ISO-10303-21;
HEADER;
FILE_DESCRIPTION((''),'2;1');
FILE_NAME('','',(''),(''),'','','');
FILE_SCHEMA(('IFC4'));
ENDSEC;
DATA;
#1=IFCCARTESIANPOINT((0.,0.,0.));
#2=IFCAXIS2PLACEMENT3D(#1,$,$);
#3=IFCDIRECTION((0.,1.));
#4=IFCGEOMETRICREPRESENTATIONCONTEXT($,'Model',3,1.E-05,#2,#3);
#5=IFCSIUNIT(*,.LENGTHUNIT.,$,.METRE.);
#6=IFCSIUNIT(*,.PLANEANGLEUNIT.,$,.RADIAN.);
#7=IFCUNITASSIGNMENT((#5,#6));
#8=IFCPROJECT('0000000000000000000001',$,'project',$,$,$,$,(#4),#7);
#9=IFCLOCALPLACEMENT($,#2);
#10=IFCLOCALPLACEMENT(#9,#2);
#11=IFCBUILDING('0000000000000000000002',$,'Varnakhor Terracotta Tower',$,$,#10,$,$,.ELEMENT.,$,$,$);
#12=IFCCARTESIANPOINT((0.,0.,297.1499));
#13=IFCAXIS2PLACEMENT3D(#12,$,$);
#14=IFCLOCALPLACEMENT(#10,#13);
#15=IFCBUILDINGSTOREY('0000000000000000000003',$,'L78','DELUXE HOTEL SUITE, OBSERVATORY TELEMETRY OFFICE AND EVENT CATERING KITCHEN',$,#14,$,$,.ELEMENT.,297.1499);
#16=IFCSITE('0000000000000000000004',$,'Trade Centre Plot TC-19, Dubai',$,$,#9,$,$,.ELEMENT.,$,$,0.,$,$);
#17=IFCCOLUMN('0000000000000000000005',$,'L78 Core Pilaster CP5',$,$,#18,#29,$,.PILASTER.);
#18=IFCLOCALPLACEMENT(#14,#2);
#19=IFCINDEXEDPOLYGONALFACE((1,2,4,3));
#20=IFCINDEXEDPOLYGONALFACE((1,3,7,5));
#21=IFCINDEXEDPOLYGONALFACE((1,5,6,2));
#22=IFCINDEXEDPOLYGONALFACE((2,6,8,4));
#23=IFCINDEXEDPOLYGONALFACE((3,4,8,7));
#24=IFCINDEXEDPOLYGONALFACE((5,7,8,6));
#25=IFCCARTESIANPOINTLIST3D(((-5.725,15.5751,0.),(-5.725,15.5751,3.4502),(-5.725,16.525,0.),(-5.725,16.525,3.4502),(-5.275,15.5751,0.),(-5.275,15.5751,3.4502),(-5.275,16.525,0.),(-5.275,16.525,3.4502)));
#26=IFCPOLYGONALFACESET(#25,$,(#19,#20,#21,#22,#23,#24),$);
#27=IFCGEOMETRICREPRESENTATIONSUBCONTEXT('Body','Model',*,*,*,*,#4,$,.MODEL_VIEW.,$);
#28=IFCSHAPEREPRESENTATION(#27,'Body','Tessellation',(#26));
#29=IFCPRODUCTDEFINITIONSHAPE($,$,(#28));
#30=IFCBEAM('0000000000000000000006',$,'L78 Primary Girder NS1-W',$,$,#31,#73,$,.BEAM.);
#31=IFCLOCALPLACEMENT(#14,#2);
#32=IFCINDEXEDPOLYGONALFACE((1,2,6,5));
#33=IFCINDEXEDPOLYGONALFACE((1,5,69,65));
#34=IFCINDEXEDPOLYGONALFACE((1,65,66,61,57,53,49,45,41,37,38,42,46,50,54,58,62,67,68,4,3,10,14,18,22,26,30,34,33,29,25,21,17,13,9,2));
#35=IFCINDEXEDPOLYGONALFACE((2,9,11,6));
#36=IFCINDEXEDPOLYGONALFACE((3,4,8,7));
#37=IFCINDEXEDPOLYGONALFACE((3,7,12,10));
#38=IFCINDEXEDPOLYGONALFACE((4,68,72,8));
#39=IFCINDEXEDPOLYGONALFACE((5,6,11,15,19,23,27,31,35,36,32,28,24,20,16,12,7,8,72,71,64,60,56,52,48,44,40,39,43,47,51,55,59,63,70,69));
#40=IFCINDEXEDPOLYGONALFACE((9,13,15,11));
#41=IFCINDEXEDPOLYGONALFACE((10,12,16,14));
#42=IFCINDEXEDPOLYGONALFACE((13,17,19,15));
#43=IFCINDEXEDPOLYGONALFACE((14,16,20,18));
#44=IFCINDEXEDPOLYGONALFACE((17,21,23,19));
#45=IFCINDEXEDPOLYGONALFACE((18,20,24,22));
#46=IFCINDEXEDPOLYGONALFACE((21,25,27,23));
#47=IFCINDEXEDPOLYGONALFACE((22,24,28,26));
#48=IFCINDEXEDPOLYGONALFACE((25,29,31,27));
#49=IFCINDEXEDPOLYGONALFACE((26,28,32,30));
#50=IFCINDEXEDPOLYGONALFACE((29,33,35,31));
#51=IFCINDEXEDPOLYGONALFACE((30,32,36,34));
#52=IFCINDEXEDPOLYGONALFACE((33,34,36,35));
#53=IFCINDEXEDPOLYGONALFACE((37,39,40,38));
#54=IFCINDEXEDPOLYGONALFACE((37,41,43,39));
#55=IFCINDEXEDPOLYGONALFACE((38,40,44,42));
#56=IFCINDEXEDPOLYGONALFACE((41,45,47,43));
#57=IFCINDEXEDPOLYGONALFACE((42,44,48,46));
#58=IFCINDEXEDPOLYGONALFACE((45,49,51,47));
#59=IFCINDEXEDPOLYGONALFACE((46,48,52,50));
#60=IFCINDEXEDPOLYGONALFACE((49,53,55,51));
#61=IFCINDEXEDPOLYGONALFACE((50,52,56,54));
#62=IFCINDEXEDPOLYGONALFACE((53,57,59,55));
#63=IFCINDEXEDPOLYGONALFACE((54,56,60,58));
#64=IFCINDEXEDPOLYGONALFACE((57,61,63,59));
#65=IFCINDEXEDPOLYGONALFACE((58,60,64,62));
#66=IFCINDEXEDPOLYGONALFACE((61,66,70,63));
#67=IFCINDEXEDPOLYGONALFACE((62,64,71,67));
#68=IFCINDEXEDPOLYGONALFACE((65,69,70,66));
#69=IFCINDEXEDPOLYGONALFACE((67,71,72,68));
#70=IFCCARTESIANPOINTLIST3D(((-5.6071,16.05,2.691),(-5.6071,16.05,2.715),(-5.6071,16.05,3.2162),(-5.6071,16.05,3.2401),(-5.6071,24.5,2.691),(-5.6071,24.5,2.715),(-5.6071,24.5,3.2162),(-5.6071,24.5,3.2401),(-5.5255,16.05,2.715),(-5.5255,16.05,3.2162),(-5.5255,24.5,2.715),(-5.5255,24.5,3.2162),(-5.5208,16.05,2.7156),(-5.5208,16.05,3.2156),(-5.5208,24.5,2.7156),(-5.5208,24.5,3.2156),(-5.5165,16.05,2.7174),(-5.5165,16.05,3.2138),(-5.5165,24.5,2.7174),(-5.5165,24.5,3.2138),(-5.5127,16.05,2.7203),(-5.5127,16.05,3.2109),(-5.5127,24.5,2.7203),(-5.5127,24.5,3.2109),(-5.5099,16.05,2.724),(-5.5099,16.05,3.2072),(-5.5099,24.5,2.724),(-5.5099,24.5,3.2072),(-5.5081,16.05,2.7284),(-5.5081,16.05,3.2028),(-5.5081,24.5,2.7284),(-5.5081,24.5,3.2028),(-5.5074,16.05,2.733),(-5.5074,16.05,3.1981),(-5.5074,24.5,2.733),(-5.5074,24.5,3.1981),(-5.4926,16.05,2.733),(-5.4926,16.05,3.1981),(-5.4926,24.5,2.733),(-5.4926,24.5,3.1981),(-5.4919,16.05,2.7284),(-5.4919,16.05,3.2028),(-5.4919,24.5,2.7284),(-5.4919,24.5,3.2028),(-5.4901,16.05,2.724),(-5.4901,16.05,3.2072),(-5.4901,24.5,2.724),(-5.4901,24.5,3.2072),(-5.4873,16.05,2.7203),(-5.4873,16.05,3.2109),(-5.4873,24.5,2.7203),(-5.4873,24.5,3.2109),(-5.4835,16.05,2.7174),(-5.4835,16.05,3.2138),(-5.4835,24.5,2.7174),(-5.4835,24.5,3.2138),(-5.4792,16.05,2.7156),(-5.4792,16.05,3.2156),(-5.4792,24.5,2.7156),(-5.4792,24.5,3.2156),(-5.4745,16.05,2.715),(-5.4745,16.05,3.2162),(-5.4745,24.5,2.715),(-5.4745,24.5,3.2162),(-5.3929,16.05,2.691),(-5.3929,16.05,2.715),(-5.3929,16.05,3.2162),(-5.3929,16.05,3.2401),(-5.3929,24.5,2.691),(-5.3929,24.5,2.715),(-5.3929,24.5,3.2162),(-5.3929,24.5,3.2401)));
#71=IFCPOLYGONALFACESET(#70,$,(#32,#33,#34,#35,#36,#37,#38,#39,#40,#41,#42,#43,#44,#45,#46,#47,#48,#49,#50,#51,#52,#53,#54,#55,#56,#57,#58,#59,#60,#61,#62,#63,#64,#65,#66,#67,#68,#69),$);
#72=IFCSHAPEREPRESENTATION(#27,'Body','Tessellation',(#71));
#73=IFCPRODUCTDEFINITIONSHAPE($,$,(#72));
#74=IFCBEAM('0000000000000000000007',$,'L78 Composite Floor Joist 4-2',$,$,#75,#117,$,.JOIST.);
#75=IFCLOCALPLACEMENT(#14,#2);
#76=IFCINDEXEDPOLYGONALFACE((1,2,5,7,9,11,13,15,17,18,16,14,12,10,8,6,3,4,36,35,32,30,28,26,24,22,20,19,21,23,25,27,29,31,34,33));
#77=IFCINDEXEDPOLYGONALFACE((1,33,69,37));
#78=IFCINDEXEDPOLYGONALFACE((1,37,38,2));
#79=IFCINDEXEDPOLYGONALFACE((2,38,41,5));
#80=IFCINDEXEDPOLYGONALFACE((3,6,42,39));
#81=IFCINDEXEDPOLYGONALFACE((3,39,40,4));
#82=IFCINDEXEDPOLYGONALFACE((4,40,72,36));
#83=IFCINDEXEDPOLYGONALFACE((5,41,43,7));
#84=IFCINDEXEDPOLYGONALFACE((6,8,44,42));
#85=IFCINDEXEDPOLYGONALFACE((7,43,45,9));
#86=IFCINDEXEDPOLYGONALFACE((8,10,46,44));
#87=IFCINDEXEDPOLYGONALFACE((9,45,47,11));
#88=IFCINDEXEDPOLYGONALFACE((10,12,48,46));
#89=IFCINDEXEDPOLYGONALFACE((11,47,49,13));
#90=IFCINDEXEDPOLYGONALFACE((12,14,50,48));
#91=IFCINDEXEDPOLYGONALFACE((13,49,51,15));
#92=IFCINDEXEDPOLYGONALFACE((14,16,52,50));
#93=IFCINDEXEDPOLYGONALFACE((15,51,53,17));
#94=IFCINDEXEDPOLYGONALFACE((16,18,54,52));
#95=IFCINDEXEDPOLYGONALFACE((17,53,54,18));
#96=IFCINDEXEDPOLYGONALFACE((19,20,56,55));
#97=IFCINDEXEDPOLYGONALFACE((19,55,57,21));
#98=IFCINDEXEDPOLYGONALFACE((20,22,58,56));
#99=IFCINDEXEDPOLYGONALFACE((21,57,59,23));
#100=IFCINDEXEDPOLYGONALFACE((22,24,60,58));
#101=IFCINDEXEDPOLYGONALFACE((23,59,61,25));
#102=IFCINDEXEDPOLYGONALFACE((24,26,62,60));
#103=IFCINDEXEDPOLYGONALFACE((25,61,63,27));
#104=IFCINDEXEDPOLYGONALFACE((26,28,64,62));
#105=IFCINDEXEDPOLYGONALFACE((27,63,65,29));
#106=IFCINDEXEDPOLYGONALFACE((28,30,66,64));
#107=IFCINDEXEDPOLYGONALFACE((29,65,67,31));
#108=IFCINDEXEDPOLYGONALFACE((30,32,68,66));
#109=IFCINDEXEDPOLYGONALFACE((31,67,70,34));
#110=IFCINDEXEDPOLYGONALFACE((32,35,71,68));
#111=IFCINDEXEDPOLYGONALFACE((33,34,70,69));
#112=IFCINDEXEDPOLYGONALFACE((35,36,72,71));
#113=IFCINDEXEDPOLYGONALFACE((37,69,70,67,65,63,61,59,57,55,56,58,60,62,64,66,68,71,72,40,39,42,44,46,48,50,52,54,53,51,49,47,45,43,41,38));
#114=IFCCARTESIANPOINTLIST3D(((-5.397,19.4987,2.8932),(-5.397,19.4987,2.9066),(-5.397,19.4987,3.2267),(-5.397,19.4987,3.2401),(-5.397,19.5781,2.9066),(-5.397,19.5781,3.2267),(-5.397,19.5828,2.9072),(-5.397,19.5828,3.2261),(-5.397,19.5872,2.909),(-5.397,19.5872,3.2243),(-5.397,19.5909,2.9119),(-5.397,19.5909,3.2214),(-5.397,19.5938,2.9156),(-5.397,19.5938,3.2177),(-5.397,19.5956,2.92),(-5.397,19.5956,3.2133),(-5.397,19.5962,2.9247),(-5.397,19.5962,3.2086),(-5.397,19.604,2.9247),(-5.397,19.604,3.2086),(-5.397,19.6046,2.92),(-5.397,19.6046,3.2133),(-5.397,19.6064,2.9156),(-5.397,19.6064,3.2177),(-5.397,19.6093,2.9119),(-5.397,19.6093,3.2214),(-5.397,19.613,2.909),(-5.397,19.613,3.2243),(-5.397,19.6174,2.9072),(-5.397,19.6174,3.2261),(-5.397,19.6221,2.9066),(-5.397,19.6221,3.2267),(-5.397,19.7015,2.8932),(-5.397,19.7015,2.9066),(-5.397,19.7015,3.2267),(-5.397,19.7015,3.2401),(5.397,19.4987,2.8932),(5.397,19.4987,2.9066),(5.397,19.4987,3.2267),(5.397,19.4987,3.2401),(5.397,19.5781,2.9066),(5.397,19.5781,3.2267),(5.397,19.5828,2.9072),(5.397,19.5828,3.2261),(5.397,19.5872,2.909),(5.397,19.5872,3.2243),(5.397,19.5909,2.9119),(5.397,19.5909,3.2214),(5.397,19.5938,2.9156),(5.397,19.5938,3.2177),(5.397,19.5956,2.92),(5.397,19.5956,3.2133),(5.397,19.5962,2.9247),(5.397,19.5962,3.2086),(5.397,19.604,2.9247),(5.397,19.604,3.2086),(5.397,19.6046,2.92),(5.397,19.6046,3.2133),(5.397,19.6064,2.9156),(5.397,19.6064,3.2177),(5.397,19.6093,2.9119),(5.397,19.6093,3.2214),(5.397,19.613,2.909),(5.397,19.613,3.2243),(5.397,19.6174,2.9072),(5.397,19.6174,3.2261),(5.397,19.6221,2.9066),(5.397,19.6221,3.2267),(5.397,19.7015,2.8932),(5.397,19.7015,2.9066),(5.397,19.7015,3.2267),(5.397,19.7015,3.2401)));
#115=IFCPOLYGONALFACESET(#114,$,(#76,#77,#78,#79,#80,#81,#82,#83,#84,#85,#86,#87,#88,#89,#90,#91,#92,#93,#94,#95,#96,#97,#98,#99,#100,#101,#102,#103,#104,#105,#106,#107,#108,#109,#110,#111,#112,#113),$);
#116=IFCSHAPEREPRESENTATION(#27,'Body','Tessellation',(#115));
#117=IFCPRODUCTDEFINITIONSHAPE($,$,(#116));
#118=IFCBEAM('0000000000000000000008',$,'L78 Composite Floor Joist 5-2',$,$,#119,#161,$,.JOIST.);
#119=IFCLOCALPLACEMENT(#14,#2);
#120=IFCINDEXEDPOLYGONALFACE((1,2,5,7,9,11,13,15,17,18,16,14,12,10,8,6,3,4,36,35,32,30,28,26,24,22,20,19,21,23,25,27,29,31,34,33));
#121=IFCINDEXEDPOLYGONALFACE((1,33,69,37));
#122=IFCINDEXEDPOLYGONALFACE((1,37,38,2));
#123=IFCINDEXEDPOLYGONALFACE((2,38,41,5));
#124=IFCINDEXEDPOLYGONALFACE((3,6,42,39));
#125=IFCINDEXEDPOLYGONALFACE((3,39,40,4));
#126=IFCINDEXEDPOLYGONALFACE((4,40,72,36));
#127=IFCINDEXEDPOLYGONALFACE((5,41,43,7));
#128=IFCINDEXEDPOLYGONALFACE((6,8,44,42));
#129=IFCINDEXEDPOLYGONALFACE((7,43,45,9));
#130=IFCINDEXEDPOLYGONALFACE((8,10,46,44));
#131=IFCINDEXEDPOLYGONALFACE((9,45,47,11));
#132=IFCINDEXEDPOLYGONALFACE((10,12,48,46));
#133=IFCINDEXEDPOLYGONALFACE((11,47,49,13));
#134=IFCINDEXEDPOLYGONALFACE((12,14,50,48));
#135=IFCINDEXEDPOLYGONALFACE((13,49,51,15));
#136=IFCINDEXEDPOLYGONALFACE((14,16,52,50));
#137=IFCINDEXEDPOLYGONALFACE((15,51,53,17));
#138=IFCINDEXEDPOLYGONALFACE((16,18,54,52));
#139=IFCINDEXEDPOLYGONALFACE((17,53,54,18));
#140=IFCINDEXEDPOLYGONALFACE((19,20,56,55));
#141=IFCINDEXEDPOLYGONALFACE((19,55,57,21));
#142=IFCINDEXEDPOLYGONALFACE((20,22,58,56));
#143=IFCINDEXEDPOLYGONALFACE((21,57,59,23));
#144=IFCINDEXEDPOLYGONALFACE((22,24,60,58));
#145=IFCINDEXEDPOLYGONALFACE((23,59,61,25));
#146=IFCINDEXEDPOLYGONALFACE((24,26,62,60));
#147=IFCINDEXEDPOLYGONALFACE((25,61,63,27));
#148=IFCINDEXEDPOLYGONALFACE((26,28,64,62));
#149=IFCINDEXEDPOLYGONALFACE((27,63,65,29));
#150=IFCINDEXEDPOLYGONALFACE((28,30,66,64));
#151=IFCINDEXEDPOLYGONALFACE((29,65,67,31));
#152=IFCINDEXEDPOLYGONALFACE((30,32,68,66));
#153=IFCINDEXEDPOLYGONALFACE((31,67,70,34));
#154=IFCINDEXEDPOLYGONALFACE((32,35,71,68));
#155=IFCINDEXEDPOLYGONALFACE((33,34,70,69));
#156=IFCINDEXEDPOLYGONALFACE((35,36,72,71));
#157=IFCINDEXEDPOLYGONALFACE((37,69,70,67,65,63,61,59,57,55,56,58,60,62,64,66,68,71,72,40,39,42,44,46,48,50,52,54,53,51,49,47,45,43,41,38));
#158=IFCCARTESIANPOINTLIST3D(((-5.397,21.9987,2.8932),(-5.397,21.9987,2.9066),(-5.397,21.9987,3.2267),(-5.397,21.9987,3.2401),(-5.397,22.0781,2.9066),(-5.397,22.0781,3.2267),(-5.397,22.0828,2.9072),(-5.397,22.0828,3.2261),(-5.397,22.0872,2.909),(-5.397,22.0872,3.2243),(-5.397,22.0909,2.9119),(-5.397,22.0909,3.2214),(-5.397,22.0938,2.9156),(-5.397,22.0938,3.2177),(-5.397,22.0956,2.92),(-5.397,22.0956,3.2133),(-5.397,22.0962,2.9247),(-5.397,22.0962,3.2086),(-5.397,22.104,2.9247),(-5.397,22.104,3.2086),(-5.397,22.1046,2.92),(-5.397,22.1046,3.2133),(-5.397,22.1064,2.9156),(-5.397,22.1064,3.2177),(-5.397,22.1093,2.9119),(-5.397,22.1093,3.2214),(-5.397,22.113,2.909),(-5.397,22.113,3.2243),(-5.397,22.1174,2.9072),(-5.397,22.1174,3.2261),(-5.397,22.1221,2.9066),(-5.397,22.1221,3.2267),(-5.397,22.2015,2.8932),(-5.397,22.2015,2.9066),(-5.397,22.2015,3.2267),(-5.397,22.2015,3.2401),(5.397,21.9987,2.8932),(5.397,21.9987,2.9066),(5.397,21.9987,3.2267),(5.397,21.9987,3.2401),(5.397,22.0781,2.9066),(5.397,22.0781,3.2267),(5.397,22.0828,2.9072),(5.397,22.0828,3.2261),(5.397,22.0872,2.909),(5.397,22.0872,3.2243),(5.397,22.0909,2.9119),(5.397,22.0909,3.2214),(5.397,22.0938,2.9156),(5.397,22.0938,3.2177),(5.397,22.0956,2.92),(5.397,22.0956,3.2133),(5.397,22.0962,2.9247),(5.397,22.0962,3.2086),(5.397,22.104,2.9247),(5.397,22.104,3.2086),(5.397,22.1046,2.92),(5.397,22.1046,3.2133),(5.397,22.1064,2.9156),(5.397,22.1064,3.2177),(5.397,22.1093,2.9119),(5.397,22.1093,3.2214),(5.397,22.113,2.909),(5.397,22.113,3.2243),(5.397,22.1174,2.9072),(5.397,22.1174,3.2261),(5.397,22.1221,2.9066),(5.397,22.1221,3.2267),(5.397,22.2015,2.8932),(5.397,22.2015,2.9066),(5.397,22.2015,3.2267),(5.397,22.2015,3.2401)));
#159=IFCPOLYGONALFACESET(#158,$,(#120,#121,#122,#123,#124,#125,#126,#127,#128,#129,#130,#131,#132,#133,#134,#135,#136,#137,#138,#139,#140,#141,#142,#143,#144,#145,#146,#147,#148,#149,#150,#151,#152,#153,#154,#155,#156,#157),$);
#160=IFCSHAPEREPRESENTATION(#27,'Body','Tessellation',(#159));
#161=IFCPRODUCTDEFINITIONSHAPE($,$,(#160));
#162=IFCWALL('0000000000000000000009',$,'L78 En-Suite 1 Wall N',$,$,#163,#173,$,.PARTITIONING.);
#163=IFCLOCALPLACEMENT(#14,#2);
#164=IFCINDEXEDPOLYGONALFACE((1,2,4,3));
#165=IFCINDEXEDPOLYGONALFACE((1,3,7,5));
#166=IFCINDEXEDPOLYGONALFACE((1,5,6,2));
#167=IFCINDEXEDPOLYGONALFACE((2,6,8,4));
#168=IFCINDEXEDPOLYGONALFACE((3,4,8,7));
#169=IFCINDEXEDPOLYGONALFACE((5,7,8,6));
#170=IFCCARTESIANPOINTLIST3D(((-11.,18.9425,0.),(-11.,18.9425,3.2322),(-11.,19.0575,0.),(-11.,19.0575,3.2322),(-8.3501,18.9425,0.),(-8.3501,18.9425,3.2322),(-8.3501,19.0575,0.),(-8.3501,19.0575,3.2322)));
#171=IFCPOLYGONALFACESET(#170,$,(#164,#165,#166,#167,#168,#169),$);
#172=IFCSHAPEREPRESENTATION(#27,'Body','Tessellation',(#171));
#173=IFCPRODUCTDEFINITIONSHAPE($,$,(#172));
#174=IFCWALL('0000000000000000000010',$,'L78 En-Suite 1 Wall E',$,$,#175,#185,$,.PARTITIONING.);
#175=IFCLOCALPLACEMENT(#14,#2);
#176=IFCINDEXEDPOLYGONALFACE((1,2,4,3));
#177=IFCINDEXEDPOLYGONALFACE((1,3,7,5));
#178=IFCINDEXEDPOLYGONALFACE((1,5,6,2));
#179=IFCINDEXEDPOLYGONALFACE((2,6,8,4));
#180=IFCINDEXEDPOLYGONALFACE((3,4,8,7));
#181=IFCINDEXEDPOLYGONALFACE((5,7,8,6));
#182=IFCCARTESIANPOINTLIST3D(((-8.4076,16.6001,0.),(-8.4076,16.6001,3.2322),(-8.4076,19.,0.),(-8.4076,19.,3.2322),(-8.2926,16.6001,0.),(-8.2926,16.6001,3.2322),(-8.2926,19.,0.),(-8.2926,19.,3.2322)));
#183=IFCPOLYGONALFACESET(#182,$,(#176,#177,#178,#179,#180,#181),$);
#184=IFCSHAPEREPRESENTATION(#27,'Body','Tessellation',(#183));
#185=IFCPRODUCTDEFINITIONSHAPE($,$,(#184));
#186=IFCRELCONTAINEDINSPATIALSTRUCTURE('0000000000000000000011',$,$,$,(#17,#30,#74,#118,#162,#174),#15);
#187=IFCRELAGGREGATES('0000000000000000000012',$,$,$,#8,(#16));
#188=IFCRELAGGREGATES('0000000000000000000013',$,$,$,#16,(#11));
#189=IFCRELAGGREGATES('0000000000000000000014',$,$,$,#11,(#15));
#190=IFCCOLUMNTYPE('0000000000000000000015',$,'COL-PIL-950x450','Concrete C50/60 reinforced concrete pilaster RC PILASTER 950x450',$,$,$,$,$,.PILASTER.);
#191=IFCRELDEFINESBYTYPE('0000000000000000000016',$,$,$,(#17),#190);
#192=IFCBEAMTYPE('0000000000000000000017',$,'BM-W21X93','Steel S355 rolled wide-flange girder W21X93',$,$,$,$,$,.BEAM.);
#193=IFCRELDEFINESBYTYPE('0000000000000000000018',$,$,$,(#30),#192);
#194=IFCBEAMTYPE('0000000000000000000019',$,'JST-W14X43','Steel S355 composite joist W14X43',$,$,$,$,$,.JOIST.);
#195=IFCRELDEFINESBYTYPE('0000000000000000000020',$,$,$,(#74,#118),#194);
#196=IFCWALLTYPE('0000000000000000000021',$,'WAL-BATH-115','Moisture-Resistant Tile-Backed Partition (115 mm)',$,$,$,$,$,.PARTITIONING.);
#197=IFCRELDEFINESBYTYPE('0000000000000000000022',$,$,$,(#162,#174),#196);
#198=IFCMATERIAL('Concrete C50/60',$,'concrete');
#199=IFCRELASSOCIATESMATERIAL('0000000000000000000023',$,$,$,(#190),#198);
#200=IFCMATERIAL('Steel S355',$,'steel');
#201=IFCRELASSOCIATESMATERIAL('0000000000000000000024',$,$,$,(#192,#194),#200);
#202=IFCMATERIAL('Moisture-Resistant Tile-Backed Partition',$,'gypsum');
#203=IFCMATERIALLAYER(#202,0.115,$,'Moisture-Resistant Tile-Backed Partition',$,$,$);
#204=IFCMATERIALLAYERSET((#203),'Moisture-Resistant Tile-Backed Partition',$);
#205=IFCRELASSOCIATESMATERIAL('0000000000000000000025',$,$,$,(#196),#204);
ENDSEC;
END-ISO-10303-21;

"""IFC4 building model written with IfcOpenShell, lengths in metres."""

from ifc_helpers import new_model, si_unit, direction, frame, frame_2d, origin, origin_2d, place, context, subcontext, project, spatial, rectangle, i_section, extrude, source, transform, mapped, material, layer, layer_set, material_profile, profile_set, type_object, type_shapes, element, save


model = new_model("IFC4")

# Units and contexts
model_context = context("Model", 3, precision=1e-05, world=origin(), true_north=direction((0.0, 1.0)))
body_context = subcontext(model_context, "Body", "Model", "MODEL_VIEW")
ifc_project = project(units=[si_unit("LENGTHUNIT", "METRE"), si_unit("PLANEANGLEUNIT", "RADIAN")], contexts=[model_context])

# Site, building, storey
site_placement = place(None, origin())
site = spatial("IfcSite", under=ifc_project, at=site_placement, Name="Trade Centre Plot TC-19, Dubai", CompositionType="ELEMENT", RefElevation=0.0)
building_placement = place(site_placement, origin())
building = spatial("IfcBuilding", under=site, at=building_placement, Name="Varnakhor Terracotta Tower", CompositionType="ELEMENT")
storey_placement = place(building_placement, frame((0.0, 0.0, 297.1499)))
storey = spatial("IfcBuildingStorey", under=building, at=storey_placement, Name="L78", Description="DELUXE HOTEL SUITE, OBSERVATORY TELEMETRY OFFICE AND EVENT CATERING KITCHEN", CompositionType="ELEMENT", Elevation=297.1499)

# Column
ifc_material_1 = material(Name="Concrete C50/60", Category="concrete")
ifc_material_profile_1 = material_profile(ifc_material_1, rectangle(XDim=0.45, YDim=0.95, at=origin_2d()), Name="RC PILASTER 950x450")
ifc_profile_set_1 = profile_set([ifc_material_profile_1], Name="Concrete C50/60")
column_type = type_object("IfcColumnType", Name="COL-PIL-950x450", Description="Concrete C50/60 reinforced concrete pilaster RC PILASTER 950x450", PredefinedType="PILASTER", material=ifc_profile_set_1)
shared_shape_1 = source(origin(), body_context, "Body", "SweptSolid", [
    extrude(rectangle(XDim=0.45, YDim=0.95, at=origin_2d()), origin(), (0.0, 0.0, 1.0), 3.4502),
])
column_placement = place(storey_placement, frame((-5.5, 16.05, 0.0), z_axis=(0.0, 0.0, 1.0), x_axis=(1.0, 0.0, 0.0)))
element("IfcColumn", 1, at=column_placement, inside=storey, type_object=column_type, Name="L78 Core Pilaster CP5", PredefinedType="PILASTER", context=body_context, shape_type="MappedRepresentation", body=[
    mapped(shared_shape_1, transform((0.0, 0.0, 0.0), scale=1.0)),
])

# Beams
ifc_material_2 = material(Name="Steel S355", Category="steel")
ifc_material_profile_2 = material_profile(ifc_material_2, i_section(OverallWidth=0.2141, OverallDepth=0.5491, WebThickness=0.0149, FlangeThickness=0.0239, FilletRadius=0.0181, at=origin_2d()), Name="W21X93")
ifc_profile_set_2 = profile_set([ifc_material_profile_2], Name="Steel S355")
beam_type_1 = type_object("IfcBeamType", Name="BM-W21X93", Description="Steel S355 rolled wide-flange girder W21X93", PredefinedType="BEAM", material=ifc_profile_set_2)
shared_shape_2 = source(origin(), body_context, "Body", "SweptSolid", [
    extrude(i_section(OverallWidth=0.2141, OverallDepth=0.5491, WebThickness=0.0149, FlangeThickness=0.0239, FilletRadius=0.0181, at=origin_2d()), origin(), (0.0, 0.0, 1.0), 8.45),
])
type_shapes(beam_type_1, [shared_shape_2])
beam_placement = place(storey_placement, frame((-5.5, 16.05, 2.9656), z_axis=(0.0, 1.0, 0.0), x_axis=(-1.0, 0.0, 0.0)))
element("IfcBeam", 2, at=beam_placement, inside=storey, type_object=beam_type_1, Name="L78 Primary Girder NS1-W", PredefinedType="BEAM", context=body_context, shape_type="MappedRepresentation", body=[
    mapped(shared_shape_2, transform((0.0, 0.0, 0.0), scale=1.0)),
])
ifc_material_profile_3 = material_profile(ifc_material_2, i_section(OverallWidth=0.2029, OverallDepth=0.3469, WebThickness=0.0078, FlangeThickness=0.0134, FilletRadius=0.0181, at=origin_2d()), Name="W14X43")
ifc_profile_set_3 = profile_set([ifc_material_profile_3], Name="Steel S355")
beam_type_2 = type_object("IfcBeamType", Name="JST-W14X43", Description="Steel S355 composite joist W14X43", PredefinedType="JOIST", material=ifc_profile_set_3)
shared_shape_3 = source(origin(), body_context, "Body", "SweptSolid", [
    extrude(i_section(OverallWidth=0.2029, OverallDepth=0.3469, WebThickness=0.0078, FlangeThickness=0.0134, FilletRadius=0.0181, at=origin_2d()), origin(), (0.0, 0.0, 1.0), 10.7939),
])
for number, where, z_axis, x_axis, name in (
    (3, (-5.397, 19.6001, 3.0667), (1.0, 0.0, 0.0), (0.0, 1.0, 0.0), "L78 Composite Floor Joist 4-2"),
    (4, (-5.397, 22.1001, 3.0667), (1.0, 0.0, 0.0), (0.0, 1.0, 0.0), "L78 Composite Floor Joist 5-2"),
):
    element("IfcBeam", number, at=place(storey_placement, frame(where, z_axis=z_axis, x_axis=x_axis)), inside=storey, type_object=beam_type_2, Name=name, PredefinedType="JOIST", context=body_context, shape_type="MappedRepresentation", body=[
        mapped(shared_shape_3, transform((0.0, 0.0, 0.0), scale=1.0)),
    ])

# Walls
ifc_material_3 = material(Name="Moisture-Resistant Tile-Backed Partition", Category="gypsum")
ifc_layer_1 = layer(ifc_material_3, 0.115, Name="Moisture-Resistant Tile-Backed Partition")
ifc_layer_set_1 = layer_set([ifc_layer_1], Name="Moisture-Resistant Tile-Backed Partition")
wall_type_1 = type_object("IfcWallType", Name="WAL-BATH-115", Description="Moisture-Resistant Tile-Backed Partition (115 mm)", PredefinedType="PARTITIONING", material=ifc_layer_set_1)
wall_1_placement = place(storey_placement, frame((-11.0, 19.0, 0.0), z_axis=(0.0, 0.0, 1.0), x_axis=(1.0, 0.0, 0.0)))
element("IfcWall", 5, at=wall_1_placement, inside=storey, type_object=wall_type_1, Name="L78 En-Suite 1 Wall N", PredefinedType="PARTITIONING", context=body_context, shape_type="SweptSolid", body=[
    extrude(rectangle(XDim=2.6499, YDim=0.115, at=frame_2d((1.325, 0.0))), origin(), (0.0, 0.0, 1.0), 3.2322),
])
wall_2_placement = place(storey_placement, frame((-8.3501, 16.6001, 0.0), z_axis=(0.0, 0.0, 1.0), x_axis=(0.0, 1.0, 0.0)))
element("IfcWall", 6, at=wall_2_placement, inside=storey, type_object=wall_type_1, Name="L78 En-Suite 1 Wall E", PredefinedType="PARTITIONING", context=body_context, shape_type="SweptSolid", body=[
    extrude(rectangle(XDim=2.3999, YDim=0.115, at=frame_2d((1.2, 0.0))), origin(), (0.0, 0.0, 1.0), 3.2322),
])

save(model, "model.ifc")
